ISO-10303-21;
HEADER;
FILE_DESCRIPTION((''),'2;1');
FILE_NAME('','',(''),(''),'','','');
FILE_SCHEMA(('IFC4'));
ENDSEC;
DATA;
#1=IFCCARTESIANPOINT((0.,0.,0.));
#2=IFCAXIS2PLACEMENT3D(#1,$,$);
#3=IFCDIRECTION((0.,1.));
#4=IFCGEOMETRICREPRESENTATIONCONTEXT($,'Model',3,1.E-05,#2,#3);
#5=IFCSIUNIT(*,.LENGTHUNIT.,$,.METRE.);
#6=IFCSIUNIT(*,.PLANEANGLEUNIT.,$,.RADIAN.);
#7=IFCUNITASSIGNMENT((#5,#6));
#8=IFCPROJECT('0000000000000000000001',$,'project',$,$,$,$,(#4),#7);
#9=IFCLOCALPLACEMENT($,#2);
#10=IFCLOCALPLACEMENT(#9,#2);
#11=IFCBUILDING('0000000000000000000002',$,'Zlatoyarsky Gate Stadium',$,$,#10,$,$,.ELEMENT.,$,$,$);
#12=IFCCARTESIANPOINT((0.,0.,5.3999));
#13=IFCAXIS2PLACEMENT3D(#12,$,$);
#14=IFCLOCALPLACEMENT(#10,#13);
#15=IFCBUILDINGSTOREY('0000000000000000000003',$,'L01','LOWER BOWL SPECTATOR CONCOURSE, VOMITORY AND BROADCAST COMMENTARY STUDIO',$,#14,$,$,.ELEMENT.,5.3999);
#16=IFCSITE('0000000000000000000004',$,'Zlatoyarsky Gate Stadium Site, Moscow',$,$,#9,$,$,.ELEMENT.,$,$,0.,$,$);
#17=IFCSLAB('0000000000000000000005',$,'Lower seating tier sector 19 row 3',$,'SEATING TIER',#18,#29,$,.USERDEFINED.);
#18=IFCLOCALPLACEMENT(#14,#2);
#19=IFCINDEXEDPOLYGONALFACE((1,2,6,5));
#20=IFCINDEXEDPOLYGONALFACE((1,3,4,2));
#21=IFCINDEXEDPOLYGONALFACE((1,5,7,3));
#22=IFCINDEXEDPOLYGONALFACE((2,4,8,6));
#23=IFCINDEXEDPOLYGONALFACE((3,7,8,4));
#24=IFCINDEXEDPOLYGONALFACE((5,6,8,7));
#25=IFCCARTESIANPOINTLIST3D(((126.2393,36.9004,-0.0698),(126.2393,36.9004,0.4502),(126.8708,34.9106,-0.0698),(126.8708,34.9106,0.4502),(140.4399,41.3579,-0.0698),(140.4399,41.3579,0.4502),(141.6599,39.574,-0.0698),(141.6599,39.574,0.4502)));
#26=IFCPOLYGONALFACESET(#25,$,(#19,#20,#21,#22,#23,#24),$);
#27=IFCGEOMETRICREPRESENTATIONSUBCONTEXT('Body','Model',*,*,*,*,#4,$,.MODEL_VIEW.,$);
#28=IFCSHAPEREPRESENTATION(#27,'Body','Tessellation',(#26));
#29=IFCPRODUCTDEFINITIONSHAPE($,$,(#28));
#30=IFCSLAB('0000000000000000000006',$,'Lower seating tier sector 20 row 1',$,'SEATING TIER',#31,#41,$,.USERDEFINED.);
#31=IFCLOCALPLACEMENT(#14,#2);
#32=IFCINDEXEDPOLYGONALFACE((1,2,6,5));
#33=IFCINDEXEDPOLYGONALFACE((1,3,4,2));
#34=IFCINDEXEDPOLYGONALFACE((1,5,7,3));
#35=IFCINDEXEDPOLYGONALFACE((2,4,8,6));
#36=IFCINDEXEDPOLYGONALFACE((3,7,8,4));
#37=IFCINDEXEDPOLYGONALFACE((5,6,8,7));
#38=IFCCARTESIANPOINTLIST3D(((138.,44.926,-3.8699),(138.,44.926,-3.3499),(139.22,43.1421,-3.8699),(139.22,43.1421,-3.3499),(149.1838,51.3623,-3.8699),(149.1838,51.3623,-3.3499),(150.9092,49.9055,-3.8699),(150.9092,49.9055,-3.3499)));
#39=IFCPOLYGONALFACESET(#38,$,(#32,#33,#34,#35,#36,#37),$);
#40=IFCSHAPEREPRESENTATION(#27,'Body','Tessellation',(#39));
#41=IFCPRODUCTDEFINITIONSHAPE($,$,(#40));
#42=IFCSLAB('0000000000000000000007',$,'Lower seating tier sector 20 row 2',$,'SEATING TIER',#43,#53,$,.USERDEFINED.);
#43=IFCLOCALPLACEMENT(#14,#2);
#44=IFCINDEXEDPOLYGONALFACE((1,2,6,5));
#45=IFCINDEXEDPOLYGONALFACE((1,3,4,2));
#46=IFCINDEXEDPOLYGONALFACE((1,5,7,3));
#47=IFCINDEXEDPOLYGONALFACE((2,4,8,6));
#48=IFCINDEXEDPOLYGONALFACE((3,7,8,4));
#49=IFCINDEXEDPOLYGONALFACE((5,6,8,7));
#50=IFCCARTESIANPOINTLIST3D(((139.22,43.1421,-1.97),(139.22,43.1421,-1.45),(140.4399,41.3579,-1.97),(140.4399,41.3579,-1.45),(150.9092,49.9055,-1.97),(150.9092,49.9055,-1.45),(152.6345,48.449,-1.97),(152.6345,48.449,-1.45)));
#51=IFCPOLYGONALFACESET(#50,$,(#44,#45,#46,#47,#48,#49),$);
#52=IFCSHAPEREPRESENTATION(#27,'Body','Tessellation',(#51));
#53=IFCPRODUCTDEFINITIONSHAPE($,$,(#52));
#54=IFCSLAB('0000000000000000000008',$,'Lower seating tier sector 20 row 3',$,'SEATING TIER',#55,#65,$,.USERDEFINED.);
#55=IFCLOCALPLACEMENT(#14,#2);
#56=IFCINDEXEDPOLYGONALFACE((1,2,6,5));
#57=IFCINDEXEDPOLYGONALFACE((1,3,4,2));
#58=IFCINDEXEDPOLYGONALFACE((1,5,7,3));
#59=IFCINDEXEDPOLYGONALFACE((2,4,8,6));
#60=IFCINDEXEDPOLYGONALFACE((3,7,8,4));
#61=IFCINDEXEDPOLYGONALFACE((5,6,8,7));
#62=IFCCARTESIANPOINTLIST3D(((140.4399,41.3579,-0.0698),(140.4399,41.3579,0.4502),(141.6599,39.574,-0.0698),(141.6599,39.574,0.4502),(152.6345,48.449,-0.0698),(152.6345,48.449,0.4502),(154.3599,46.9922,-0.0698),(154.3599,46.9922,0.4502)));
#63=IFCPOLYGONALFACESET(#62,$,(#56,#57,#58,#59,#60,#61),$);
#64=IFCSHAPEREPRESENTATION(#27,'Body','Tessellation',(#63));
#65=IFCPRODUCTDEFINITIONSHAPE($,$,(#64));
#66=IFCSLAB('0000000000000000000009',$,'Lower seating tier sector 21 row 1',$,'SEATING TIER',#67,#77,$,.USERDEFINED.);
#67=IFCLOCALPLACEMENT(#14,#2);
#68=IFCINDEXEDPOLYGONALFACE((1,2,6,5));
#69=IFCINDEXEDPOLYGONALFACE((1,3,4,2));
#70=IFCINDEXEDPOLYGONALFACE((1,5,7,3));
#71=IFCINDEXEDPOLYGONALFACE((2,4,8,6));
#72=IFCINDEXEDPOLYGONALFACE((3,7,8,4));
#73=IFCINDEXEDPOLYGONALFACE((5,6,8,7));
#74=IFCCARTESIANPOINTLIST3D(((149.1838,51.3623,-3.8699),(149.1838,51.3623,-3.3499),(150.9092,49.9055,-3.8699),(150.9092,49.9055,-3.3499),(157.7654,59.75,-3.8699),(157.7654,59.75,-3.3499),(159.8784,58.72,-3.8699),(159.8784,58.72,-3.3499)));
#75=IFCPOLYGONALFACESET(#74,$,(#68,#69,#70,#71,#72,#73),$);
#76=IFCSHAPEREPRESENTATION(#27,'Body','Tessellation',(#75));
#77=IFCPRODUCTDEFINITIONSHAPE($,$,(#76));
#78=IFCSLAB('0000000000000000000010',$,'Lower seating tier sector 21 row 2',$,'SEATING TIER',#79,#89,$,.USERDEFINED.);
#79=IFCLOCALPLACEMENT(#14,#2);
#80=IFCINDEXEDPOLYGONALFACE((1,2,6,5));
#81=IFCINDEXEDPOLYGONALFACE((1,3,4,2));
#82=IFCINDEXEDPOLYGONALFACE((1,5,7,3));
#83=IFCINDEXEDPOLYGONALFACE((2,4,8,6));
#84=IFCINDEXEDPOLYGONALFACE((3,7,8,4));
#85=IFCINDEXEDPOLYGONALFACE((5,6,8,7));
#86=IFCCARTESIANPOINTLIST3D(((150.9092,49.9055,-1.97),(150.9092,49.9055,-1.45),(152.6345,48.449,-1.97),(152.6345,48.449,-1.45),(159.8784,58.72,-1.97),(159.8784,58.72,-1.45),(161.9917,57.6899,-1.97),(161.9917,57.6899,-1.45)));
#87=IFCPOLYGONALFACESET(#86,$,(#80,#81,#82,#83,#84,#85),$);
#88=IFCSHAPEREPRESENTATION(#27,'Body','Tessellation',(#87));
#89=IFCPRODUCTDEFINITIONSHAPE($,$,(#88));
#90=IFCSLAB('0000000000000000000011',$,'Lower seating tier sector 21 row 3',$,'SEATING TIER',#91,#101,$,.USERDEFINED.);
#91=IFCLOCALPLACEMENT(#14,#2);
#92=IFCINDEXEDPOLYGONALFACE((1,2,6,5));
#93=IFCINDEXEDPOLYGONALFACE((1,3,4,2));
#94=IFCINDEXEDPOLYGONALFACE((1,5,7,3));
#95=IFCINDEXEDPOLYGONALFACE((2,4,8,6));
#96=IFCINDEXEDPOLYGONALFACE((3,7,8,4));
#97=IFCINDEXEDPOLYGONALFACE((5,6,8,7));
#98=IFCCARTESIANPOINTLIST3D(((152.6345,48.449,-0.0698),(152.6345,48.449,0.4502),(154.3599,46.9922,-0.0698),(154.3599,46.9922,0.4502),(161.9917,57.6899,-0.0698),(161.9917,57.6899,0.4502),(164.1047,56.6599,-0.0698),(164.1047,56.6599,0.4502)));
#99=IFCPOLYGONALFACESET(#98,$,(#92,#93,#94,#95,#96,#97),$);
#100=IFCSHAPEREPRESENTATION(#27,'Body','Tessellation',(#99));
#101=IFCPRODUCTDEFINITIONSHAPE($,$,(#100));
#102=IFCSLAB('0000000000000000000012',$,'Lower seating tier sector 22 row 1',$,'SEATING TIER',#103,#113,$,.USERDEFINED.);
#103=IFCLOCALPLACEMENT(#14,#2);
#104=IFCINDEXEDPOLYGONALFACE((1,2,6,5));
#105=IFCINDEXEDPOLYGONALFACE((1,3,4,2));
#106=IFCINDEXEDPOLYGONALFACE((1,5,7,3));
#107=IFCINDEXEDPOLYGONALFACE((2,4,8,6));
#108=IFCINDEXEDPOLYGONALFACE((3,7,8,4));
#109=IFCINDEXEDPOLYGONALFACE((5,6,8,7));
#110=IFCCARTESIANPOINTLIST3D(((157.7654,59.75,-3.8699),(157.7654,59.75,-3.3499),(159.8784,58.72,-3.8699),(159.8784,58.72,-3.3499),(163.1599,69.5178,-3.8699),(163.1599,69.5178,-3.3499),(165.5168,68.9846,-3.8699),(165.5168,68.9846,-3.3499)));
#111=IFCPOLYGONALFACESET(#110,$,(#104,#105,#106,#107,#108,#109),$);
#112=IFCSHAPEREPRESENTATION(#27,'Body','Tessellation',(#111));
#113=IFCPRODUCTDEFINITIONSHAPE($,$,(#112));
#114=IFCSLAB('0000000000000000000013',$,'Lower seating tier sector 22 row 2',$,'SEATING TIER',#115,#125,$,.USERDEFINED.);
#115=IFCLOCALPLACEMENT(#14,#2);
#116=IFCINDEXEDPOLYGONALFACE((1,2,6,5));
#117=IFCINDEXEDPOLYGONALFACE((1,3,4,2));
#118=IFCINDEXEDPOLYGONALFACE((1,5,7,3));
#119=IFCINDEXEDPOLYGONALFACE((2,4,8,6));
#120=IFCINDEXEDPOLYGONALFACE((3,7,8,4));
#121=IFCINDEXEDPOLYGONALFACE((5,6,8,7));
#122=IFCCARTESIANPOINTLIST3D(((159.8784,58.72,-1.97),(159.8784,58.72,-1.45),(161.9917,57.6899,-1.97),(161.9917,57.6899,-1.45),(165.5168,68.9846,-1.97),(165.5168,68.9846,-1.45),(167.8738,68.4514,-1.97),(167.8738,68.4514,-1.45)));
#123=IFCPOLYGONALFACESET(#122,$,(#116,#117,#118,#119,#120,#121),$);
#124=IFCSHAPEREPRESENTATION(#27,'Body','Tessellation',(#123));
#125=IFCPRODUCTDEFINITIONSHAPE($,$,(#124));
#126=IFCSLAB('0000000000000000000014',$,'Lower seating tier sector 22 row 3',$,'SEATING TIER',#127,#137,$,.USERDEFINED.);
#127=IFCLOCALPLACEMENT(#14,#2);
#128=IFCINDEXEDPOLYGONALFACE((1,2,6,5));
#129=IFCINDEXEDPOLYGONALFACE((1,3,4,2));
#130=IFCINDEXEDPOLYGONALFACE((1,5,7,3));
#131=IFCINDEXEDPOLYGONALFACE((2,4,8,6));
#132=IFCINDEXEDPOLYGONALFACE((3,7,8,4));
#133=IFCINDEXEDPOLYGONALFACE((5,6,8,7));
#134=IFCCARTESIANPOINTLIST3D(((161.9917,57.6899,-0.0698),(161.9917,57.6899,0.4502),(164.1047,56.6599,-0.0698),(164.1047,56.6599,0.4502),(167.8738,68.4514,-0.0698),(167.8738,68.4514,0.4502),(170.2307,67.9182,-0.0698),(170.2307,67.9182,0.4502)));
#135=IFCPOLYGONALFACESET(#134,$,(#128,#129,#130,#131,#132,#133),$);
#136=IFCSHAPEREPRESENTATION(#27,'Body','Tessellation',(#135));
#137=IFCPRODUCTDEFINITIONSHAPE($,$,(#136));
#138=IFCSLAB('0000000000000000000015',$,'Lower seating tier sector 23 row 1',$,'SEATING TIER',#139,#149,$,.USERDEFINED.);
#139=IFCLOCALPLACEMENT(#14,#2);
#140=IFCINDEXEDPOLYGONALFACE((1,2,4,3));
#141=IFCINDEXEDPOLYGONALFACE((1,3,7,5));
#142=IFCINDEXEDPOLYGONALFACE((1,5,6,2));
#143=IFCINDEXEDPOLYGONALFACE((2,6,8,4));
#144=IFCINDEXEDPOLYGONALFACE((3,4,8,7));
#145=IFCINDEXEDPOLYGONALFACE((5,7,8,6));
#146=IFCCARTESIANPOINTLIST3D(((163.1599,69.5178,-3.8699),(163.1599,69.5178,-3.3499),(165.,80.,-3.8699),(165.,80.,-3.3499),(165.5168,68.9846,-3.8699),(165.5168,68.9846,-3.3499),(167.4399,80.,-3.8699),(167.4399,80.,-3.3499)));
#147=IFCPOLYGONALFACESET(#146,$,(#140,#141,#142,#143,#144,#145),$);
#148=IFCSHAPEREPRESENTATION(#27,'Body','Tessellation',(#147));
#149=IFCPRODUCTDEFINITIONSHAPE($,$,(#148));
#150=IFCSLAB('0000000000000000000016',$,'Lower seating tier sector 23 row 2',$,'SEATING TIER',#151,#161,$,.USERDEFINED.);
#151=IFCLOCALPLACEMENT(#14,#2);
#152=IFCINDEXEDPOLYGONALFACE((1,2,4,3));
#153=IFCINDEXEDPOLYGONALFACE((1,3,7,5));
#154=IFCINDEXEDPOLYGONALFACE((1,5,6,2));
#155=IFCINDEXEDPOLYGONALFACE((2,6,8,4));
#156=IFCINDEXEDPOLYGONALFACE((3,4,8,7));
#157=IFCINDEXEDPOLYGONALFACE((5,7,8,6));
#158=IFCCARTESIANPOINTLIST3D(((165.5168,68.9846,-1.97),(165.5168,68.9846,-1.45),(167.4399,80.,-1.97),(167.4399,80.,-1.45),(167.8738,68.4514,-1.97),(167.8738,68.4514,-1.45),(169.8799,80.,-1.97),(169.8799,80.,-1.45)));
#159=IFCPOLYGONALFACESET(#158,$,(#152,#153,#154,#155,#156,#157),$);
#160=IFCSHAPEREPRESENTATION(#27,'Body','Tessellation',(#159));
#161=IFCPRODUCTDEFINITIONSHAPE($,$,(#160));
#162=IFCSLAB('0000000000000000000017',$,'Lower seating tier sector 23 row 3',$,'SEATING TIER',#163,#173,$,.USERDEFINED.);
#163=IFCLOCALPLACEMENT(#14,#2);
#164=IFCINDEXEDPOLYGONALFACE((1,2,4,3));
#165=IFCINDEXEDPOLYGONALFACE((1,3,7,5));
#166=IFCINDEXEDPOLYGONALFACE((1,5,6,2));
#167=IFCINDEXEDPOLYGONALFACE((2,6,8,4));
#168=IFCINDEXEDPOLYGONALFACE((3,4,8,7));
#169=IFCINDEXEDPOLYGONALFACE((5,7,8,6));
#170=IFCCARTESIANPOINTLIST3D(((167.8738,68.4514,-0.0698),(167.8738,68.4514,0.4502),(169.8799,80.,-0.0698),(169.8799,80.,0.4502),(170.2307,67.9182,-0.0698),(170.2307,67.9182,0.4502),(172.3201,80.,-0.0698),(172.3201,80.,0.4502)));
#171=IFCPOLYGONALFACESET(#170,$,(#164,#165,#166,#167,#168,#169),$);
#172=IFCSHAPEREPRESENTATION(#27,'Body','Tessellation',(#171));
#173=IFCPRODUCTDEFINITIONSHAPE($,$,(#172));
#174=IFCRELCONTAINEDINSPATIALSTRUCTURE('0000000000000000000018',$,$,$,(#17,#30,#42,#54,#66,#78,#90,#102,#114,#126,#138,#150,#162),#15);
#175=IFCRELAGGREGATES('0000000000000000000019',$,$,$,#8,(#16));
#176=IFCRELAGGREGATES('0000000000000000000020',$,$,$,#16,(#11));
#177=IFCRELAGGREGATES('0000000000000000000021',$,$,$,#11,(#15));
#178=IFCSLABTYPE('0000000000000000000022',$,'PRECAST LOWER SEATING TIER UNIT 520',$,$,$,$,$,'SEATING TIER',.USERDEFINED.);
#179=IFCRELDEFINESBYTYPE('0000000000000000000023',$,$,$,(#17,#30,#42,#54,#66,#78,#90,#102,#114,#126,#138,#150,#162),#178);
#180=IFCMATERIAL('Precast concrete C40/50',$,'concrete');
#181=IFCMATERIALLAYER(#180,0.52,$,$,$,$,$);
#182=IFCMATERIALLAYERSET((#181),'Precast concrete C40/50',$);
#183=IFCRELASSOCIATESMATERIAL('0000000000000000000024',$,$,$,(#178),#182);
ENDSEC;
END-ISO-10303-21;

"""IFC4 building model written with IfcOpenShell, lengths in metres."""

from ifc_helpers import new_model, si_unit, direction, frame, origin, place, context, subcontext, project, spatial, polyline, outline, extrude, material, layer, layer_set, type_object, element, save


model = new_model("IFC4")

# Units and contexts
model_context = context("Model", 3, precision=1e-05, world=origin(), true_north=direction((0.0, 1.0)))
body_context = subcontext(model_context, "Body", "Model", "MODEL_VIEW")
ifc_project = project(units=[si_unit("LENGTHUNIT", "METRE"), si_unit("PLANEANGLEUNIT", "RADIAN")], contexts=[model_context])

# Site, building, storey
site_placement = place(None, origin())
site = spatial("IfcSite", under=ifc_project, at=site_placement, Name="Zlatoyarsky Gate Stadium Site, Moscow", CompositionType="ELEMENT", RefElevation=0.0)
building_placement = place(site_placement, origin())
building = spatial("IfcBuilding", under=site, at=building_placement, Name="Zlatoyarsky Gate Stadium", CompositionType="ELEMENT")
storey_placement = place(building_placement, frame((0.0, 0.0, 5.3999)))
storey = spatial("IfcBuildingStorey", under=building, at=storey_placement, Name="L01", Description="LOWER BOWL SPECTATOR CONCOURSE, VOMITORY AND BROADCAST COMMENTARY STUDIO", CompositionType="ELEMENT", Elevation=5.3999)

# Slabs
ifc_material = material(Name="Precast concrete C40/50", Category="concrete")
ifc_layer = layer(ifc_material, 0.52)
ifc_layer_set = layer_set([ifc_layer], Name="Precast concrete C40/50")
slab_type = type_object("IfcSlabType", Name="PRECAST LOWER SEATING TIER UNIT 520", ElementType="SEATING TIER", PredefinedType="USERDEFINED", material=ifc_layer_set)
slab_1_placement = place(storey_placement, frame((0.0, 0.0, -0.0698)))
element("IfcSlab", 1, at=slab_1_placement, inside=storey, type_object=slab_type, Name="Lower seating tier sector 19 row 3", ObjectType="SEATING TIER", PredefinedType="USERDEFINED", context=body_context, shape_type="SweptSolid", body=[
    extrude(outline(polyline([(126.2393, 36.9004), (126.8708, 34.9106), (141.6599, 39.574), (140.4399, 41.3579), (126.2393, 36.9004)])), origin(), (0.0, 0.0, 1.0), 0.52),
])
slab_2_placement = place(storey_placement, frame((0.0, 0.0, -3.8699)))
element("IfcSlab", 2, at=slab_2_placement, inside=storey, type_object=slab_type, Name="Lower seating tier sector 20 row 1", ObjectType="SEATING TIER", PredefinedType="USERDEFINED", context=body_context, shape_type="SweptSolid", body=[
    extrude(outline(polyline([(138.0, 44.926), (139.22, 43.1421), (150.9092, 49.9055), (149.1838, 51.3623), (138.0, 44.926)])), origin(), (0.0, 0.0, 1.0), 0.52),
])
slab_3_placement = place(storey_placement, frame((0.0, 0.0, -1.97)))
element("IfcSlab", 3, at=slab_3_placement, inside=storey, type_object=slab_type, Name="Lower seating tier sector 20 row 2", ObjectType="SEATING TIER", PredefinedType="USERDEFINED", context=body_context, shape_type="SweptSolid", body=[
    extrude(outline(polyline([(139.22, 43.1421), (140.4399, 41.3579), (152.6345, 48.449), (150.9092, 49.9055), (139.22, 43.1421)])), origin(), (0.0, 0.0, 1.0), 0.52),
])
slab_4_placement = place(storey_placement, frame((0.0, 0.0, -0.0698)))
element("IfcSlab", 4, at=slab_4_placement, inside=storey, type_object=slab_type, Name="Lower seating tier sector 20 row 3", ObjectType="SEATING TIER", PredefinedType="USERDEFINED", context=body_context, shape_type="SweptSolid", body=[
    extrude(outline(polyline([(140.4399, 41.3579), (141.6599, 39.574), (154.3599, 46.9922), (152.6345, 48.449), (140.4399, 41.3579)])), origin(), (0.0, 0.0, 1.0), 0.52),
])
slab_5_placement = place(storey_placement, frame((0.0, 0.0, -3.8699)))
element("IfcSlab", 5, at=slab_5_placement, inside=storey, type_object=slab_type, Name="Lower seating tier sector 21 row 1", ObjectType="SEATING TIER", PredefinedType="USERDEFINED", context=body_context, shape_type="SweptSolid", body=[
    extrude(outline(polyline([(149.1838, 51.3623), (150.9092, 49.9055), (159.8784, 58.72), (157.7654, 59.75), (149.1838, 51.3623)])), origin(), (0.0, 0.0, 1.0), 0.52),
])
slab_6_placement = place(storey_placement, frame((0.0, 0.0, -1.97)))
element("IfcSlab", 6, at=slab_6_placement, inside=storey, type_object=slab_type, Name="Lower seating tier sector 21 row 2", ObjectType="SEATING TIER", PredefinedType="USERDEFINED", context=body_context, shape_type="SweptSolid", body=[
    extrude(outline(polyline([(150.9092, 49.9055), (152.6345, 48.449), (161.9917, 57.6899), (159.8784, 58.72), (150.9092, 49.9055)])), origin(), (0.0, 0.0, 1.0), 0.52),
])
slab_7_placement = place(storey_placement, frame((0.0, 0.0, -0.0698)))
element("IfcSlab", 7, at=slab_7_placement, inside=storey, type_object=slab_type, Name="Lower seating tier sector 21 row 3", ObjectType="SEATING TIER", PredefinedType="USERDEFINED", context=body_context, shape_type="SweptSolid", body=[
    extrude(outline(polyline([(152.6345, 48.449), (154.3599, 46.9922), (164.1047, 56.6599), (161.9917, 57.6899), (152.6345, 48.449)])), origin(), (0.0, 0.0, 1.0), 0.52),
])
slab_8_placement = place(storey_placement, frame((0.0, 0.0, -3.8699)))
element("IfcSlab", 8, at=slab_8_placement, inside=storey, type_object=slab_type, Name="Lower seating tier sector 22 row 1", ObjectType="SEATING TIER", PredefinedType="USERDEFINED", context=body_context, shape_type="SweptSolid", body=[
    extrude(outline(polyline([(157.7654, 59.75), (159.8784, 58.72), (165.5168, 68.9846), (163.1599, 69.5178), (157.7654, 59.75)])), origin(), (0.0, 0.0, 1.0), 0.52),
])
slab_9_placement = place(storey_placement, frame((0.0, 0.0, -1.97)))
element("IfcSlab", 9, at=slab_9_placement, inside=storey, type_object=slab_type, Name="Lower seating tier sector 22 row 2", ObjectType="SEATING TIER", PredefinedType="USERDEFINED", context=body_context, shape_type="SweptSolid", body=[
    extrude(outline(polyline([(159.8784, 58.72), (161.9917, 57.6899), (167.8738, 68.4514), (165.5168, 68.9846), (159.8784, 58.72)])), origin(), (0.0, 0.0, 1.0), 0.52),
])
slab_10_placement = place(storey_placement, frame((0.0, 0.0, -0.0698)))
element("IfcSlab", 10, at=slab_10_placement, inside=storey, type_object=slab_type, Name="Lower seating tier sector 22 row 3", ObjectType="SEATING TIER", PredefinedType="USERDEFINED", context=body_context, shape_type="SweptSolid", body=[
    extrude(outline(polyline([(161.9917, 57.6899), (164.1047, 56.6599), (170.2307, 67.9182), (167.8738, 68.4514), (161.9917, 57.6899)])), origin(), (0.0, 0.0, 1.0), 0.52),
])
slab_11_placement = place(storey_placement, frame((0.0, 0.0, -3.8699)))
element("IfcSlab", 11, at=slab_11_placement, inside=storey, type_object=slab_type, Name="Lower seating tier sector 23 row 1", ObjectType="SEATING TIER", PredefinedType="USERDEFINED", context=body_context, shape_type="SweptSolid", body=[
    extrude(outline(polyline([(163.1599, 69.5178), (165.5168, 68.9846), (167.4399, 80.0), (165.0, 80.0), (163.1599, 69.5178)])), origin(), (0.0, 0.0, 1.0), 0.52),
])
slab_12_placement = place(storey_placement, frame((0.0, 0.0, -1.97)))
element("IfcSlab", 12, at=slab_12_placement, inside=storey, type_object=slab_type, Name="Lower seating tier sector 23 row 2", ObjectType="SEATING TIER", PredefinedType="USERDEFINED", context=body_context, shape_type="SweptSolid", body=[
    extrude(outline(polyline([(165.5168, 68.9846), (167.8738, 68.4514), (169.8799, 80.0), (167.4399, 80.0), (165.5168, 68.9846)])), origin(), (0.0, 0.0, 1.0), 0.52),
])
slab_13_placement = place(storey_placement, frame((0.0, 0.0, -0.0698)))
element("IfcSlab", 13, at=slab_13_placement, inside=storey, type_object=slab_type, Name="Lower seating tier sector 23 row 3", ObjectType="SEATING TIER", PredefinedType="USERDEFINED", context=body_context, shape_type="SweptSolid", body=[
    extrude(outline(polyline([(167.8738, 68.4514), (170.2307, 67.9182), (172.3201, 80.0), (169.8799, 80.0), (167.8738, 68.4514)])), origin(), (0.0, 0.0, 1.0), 0.52),
])

save(model, "model.ifc")
